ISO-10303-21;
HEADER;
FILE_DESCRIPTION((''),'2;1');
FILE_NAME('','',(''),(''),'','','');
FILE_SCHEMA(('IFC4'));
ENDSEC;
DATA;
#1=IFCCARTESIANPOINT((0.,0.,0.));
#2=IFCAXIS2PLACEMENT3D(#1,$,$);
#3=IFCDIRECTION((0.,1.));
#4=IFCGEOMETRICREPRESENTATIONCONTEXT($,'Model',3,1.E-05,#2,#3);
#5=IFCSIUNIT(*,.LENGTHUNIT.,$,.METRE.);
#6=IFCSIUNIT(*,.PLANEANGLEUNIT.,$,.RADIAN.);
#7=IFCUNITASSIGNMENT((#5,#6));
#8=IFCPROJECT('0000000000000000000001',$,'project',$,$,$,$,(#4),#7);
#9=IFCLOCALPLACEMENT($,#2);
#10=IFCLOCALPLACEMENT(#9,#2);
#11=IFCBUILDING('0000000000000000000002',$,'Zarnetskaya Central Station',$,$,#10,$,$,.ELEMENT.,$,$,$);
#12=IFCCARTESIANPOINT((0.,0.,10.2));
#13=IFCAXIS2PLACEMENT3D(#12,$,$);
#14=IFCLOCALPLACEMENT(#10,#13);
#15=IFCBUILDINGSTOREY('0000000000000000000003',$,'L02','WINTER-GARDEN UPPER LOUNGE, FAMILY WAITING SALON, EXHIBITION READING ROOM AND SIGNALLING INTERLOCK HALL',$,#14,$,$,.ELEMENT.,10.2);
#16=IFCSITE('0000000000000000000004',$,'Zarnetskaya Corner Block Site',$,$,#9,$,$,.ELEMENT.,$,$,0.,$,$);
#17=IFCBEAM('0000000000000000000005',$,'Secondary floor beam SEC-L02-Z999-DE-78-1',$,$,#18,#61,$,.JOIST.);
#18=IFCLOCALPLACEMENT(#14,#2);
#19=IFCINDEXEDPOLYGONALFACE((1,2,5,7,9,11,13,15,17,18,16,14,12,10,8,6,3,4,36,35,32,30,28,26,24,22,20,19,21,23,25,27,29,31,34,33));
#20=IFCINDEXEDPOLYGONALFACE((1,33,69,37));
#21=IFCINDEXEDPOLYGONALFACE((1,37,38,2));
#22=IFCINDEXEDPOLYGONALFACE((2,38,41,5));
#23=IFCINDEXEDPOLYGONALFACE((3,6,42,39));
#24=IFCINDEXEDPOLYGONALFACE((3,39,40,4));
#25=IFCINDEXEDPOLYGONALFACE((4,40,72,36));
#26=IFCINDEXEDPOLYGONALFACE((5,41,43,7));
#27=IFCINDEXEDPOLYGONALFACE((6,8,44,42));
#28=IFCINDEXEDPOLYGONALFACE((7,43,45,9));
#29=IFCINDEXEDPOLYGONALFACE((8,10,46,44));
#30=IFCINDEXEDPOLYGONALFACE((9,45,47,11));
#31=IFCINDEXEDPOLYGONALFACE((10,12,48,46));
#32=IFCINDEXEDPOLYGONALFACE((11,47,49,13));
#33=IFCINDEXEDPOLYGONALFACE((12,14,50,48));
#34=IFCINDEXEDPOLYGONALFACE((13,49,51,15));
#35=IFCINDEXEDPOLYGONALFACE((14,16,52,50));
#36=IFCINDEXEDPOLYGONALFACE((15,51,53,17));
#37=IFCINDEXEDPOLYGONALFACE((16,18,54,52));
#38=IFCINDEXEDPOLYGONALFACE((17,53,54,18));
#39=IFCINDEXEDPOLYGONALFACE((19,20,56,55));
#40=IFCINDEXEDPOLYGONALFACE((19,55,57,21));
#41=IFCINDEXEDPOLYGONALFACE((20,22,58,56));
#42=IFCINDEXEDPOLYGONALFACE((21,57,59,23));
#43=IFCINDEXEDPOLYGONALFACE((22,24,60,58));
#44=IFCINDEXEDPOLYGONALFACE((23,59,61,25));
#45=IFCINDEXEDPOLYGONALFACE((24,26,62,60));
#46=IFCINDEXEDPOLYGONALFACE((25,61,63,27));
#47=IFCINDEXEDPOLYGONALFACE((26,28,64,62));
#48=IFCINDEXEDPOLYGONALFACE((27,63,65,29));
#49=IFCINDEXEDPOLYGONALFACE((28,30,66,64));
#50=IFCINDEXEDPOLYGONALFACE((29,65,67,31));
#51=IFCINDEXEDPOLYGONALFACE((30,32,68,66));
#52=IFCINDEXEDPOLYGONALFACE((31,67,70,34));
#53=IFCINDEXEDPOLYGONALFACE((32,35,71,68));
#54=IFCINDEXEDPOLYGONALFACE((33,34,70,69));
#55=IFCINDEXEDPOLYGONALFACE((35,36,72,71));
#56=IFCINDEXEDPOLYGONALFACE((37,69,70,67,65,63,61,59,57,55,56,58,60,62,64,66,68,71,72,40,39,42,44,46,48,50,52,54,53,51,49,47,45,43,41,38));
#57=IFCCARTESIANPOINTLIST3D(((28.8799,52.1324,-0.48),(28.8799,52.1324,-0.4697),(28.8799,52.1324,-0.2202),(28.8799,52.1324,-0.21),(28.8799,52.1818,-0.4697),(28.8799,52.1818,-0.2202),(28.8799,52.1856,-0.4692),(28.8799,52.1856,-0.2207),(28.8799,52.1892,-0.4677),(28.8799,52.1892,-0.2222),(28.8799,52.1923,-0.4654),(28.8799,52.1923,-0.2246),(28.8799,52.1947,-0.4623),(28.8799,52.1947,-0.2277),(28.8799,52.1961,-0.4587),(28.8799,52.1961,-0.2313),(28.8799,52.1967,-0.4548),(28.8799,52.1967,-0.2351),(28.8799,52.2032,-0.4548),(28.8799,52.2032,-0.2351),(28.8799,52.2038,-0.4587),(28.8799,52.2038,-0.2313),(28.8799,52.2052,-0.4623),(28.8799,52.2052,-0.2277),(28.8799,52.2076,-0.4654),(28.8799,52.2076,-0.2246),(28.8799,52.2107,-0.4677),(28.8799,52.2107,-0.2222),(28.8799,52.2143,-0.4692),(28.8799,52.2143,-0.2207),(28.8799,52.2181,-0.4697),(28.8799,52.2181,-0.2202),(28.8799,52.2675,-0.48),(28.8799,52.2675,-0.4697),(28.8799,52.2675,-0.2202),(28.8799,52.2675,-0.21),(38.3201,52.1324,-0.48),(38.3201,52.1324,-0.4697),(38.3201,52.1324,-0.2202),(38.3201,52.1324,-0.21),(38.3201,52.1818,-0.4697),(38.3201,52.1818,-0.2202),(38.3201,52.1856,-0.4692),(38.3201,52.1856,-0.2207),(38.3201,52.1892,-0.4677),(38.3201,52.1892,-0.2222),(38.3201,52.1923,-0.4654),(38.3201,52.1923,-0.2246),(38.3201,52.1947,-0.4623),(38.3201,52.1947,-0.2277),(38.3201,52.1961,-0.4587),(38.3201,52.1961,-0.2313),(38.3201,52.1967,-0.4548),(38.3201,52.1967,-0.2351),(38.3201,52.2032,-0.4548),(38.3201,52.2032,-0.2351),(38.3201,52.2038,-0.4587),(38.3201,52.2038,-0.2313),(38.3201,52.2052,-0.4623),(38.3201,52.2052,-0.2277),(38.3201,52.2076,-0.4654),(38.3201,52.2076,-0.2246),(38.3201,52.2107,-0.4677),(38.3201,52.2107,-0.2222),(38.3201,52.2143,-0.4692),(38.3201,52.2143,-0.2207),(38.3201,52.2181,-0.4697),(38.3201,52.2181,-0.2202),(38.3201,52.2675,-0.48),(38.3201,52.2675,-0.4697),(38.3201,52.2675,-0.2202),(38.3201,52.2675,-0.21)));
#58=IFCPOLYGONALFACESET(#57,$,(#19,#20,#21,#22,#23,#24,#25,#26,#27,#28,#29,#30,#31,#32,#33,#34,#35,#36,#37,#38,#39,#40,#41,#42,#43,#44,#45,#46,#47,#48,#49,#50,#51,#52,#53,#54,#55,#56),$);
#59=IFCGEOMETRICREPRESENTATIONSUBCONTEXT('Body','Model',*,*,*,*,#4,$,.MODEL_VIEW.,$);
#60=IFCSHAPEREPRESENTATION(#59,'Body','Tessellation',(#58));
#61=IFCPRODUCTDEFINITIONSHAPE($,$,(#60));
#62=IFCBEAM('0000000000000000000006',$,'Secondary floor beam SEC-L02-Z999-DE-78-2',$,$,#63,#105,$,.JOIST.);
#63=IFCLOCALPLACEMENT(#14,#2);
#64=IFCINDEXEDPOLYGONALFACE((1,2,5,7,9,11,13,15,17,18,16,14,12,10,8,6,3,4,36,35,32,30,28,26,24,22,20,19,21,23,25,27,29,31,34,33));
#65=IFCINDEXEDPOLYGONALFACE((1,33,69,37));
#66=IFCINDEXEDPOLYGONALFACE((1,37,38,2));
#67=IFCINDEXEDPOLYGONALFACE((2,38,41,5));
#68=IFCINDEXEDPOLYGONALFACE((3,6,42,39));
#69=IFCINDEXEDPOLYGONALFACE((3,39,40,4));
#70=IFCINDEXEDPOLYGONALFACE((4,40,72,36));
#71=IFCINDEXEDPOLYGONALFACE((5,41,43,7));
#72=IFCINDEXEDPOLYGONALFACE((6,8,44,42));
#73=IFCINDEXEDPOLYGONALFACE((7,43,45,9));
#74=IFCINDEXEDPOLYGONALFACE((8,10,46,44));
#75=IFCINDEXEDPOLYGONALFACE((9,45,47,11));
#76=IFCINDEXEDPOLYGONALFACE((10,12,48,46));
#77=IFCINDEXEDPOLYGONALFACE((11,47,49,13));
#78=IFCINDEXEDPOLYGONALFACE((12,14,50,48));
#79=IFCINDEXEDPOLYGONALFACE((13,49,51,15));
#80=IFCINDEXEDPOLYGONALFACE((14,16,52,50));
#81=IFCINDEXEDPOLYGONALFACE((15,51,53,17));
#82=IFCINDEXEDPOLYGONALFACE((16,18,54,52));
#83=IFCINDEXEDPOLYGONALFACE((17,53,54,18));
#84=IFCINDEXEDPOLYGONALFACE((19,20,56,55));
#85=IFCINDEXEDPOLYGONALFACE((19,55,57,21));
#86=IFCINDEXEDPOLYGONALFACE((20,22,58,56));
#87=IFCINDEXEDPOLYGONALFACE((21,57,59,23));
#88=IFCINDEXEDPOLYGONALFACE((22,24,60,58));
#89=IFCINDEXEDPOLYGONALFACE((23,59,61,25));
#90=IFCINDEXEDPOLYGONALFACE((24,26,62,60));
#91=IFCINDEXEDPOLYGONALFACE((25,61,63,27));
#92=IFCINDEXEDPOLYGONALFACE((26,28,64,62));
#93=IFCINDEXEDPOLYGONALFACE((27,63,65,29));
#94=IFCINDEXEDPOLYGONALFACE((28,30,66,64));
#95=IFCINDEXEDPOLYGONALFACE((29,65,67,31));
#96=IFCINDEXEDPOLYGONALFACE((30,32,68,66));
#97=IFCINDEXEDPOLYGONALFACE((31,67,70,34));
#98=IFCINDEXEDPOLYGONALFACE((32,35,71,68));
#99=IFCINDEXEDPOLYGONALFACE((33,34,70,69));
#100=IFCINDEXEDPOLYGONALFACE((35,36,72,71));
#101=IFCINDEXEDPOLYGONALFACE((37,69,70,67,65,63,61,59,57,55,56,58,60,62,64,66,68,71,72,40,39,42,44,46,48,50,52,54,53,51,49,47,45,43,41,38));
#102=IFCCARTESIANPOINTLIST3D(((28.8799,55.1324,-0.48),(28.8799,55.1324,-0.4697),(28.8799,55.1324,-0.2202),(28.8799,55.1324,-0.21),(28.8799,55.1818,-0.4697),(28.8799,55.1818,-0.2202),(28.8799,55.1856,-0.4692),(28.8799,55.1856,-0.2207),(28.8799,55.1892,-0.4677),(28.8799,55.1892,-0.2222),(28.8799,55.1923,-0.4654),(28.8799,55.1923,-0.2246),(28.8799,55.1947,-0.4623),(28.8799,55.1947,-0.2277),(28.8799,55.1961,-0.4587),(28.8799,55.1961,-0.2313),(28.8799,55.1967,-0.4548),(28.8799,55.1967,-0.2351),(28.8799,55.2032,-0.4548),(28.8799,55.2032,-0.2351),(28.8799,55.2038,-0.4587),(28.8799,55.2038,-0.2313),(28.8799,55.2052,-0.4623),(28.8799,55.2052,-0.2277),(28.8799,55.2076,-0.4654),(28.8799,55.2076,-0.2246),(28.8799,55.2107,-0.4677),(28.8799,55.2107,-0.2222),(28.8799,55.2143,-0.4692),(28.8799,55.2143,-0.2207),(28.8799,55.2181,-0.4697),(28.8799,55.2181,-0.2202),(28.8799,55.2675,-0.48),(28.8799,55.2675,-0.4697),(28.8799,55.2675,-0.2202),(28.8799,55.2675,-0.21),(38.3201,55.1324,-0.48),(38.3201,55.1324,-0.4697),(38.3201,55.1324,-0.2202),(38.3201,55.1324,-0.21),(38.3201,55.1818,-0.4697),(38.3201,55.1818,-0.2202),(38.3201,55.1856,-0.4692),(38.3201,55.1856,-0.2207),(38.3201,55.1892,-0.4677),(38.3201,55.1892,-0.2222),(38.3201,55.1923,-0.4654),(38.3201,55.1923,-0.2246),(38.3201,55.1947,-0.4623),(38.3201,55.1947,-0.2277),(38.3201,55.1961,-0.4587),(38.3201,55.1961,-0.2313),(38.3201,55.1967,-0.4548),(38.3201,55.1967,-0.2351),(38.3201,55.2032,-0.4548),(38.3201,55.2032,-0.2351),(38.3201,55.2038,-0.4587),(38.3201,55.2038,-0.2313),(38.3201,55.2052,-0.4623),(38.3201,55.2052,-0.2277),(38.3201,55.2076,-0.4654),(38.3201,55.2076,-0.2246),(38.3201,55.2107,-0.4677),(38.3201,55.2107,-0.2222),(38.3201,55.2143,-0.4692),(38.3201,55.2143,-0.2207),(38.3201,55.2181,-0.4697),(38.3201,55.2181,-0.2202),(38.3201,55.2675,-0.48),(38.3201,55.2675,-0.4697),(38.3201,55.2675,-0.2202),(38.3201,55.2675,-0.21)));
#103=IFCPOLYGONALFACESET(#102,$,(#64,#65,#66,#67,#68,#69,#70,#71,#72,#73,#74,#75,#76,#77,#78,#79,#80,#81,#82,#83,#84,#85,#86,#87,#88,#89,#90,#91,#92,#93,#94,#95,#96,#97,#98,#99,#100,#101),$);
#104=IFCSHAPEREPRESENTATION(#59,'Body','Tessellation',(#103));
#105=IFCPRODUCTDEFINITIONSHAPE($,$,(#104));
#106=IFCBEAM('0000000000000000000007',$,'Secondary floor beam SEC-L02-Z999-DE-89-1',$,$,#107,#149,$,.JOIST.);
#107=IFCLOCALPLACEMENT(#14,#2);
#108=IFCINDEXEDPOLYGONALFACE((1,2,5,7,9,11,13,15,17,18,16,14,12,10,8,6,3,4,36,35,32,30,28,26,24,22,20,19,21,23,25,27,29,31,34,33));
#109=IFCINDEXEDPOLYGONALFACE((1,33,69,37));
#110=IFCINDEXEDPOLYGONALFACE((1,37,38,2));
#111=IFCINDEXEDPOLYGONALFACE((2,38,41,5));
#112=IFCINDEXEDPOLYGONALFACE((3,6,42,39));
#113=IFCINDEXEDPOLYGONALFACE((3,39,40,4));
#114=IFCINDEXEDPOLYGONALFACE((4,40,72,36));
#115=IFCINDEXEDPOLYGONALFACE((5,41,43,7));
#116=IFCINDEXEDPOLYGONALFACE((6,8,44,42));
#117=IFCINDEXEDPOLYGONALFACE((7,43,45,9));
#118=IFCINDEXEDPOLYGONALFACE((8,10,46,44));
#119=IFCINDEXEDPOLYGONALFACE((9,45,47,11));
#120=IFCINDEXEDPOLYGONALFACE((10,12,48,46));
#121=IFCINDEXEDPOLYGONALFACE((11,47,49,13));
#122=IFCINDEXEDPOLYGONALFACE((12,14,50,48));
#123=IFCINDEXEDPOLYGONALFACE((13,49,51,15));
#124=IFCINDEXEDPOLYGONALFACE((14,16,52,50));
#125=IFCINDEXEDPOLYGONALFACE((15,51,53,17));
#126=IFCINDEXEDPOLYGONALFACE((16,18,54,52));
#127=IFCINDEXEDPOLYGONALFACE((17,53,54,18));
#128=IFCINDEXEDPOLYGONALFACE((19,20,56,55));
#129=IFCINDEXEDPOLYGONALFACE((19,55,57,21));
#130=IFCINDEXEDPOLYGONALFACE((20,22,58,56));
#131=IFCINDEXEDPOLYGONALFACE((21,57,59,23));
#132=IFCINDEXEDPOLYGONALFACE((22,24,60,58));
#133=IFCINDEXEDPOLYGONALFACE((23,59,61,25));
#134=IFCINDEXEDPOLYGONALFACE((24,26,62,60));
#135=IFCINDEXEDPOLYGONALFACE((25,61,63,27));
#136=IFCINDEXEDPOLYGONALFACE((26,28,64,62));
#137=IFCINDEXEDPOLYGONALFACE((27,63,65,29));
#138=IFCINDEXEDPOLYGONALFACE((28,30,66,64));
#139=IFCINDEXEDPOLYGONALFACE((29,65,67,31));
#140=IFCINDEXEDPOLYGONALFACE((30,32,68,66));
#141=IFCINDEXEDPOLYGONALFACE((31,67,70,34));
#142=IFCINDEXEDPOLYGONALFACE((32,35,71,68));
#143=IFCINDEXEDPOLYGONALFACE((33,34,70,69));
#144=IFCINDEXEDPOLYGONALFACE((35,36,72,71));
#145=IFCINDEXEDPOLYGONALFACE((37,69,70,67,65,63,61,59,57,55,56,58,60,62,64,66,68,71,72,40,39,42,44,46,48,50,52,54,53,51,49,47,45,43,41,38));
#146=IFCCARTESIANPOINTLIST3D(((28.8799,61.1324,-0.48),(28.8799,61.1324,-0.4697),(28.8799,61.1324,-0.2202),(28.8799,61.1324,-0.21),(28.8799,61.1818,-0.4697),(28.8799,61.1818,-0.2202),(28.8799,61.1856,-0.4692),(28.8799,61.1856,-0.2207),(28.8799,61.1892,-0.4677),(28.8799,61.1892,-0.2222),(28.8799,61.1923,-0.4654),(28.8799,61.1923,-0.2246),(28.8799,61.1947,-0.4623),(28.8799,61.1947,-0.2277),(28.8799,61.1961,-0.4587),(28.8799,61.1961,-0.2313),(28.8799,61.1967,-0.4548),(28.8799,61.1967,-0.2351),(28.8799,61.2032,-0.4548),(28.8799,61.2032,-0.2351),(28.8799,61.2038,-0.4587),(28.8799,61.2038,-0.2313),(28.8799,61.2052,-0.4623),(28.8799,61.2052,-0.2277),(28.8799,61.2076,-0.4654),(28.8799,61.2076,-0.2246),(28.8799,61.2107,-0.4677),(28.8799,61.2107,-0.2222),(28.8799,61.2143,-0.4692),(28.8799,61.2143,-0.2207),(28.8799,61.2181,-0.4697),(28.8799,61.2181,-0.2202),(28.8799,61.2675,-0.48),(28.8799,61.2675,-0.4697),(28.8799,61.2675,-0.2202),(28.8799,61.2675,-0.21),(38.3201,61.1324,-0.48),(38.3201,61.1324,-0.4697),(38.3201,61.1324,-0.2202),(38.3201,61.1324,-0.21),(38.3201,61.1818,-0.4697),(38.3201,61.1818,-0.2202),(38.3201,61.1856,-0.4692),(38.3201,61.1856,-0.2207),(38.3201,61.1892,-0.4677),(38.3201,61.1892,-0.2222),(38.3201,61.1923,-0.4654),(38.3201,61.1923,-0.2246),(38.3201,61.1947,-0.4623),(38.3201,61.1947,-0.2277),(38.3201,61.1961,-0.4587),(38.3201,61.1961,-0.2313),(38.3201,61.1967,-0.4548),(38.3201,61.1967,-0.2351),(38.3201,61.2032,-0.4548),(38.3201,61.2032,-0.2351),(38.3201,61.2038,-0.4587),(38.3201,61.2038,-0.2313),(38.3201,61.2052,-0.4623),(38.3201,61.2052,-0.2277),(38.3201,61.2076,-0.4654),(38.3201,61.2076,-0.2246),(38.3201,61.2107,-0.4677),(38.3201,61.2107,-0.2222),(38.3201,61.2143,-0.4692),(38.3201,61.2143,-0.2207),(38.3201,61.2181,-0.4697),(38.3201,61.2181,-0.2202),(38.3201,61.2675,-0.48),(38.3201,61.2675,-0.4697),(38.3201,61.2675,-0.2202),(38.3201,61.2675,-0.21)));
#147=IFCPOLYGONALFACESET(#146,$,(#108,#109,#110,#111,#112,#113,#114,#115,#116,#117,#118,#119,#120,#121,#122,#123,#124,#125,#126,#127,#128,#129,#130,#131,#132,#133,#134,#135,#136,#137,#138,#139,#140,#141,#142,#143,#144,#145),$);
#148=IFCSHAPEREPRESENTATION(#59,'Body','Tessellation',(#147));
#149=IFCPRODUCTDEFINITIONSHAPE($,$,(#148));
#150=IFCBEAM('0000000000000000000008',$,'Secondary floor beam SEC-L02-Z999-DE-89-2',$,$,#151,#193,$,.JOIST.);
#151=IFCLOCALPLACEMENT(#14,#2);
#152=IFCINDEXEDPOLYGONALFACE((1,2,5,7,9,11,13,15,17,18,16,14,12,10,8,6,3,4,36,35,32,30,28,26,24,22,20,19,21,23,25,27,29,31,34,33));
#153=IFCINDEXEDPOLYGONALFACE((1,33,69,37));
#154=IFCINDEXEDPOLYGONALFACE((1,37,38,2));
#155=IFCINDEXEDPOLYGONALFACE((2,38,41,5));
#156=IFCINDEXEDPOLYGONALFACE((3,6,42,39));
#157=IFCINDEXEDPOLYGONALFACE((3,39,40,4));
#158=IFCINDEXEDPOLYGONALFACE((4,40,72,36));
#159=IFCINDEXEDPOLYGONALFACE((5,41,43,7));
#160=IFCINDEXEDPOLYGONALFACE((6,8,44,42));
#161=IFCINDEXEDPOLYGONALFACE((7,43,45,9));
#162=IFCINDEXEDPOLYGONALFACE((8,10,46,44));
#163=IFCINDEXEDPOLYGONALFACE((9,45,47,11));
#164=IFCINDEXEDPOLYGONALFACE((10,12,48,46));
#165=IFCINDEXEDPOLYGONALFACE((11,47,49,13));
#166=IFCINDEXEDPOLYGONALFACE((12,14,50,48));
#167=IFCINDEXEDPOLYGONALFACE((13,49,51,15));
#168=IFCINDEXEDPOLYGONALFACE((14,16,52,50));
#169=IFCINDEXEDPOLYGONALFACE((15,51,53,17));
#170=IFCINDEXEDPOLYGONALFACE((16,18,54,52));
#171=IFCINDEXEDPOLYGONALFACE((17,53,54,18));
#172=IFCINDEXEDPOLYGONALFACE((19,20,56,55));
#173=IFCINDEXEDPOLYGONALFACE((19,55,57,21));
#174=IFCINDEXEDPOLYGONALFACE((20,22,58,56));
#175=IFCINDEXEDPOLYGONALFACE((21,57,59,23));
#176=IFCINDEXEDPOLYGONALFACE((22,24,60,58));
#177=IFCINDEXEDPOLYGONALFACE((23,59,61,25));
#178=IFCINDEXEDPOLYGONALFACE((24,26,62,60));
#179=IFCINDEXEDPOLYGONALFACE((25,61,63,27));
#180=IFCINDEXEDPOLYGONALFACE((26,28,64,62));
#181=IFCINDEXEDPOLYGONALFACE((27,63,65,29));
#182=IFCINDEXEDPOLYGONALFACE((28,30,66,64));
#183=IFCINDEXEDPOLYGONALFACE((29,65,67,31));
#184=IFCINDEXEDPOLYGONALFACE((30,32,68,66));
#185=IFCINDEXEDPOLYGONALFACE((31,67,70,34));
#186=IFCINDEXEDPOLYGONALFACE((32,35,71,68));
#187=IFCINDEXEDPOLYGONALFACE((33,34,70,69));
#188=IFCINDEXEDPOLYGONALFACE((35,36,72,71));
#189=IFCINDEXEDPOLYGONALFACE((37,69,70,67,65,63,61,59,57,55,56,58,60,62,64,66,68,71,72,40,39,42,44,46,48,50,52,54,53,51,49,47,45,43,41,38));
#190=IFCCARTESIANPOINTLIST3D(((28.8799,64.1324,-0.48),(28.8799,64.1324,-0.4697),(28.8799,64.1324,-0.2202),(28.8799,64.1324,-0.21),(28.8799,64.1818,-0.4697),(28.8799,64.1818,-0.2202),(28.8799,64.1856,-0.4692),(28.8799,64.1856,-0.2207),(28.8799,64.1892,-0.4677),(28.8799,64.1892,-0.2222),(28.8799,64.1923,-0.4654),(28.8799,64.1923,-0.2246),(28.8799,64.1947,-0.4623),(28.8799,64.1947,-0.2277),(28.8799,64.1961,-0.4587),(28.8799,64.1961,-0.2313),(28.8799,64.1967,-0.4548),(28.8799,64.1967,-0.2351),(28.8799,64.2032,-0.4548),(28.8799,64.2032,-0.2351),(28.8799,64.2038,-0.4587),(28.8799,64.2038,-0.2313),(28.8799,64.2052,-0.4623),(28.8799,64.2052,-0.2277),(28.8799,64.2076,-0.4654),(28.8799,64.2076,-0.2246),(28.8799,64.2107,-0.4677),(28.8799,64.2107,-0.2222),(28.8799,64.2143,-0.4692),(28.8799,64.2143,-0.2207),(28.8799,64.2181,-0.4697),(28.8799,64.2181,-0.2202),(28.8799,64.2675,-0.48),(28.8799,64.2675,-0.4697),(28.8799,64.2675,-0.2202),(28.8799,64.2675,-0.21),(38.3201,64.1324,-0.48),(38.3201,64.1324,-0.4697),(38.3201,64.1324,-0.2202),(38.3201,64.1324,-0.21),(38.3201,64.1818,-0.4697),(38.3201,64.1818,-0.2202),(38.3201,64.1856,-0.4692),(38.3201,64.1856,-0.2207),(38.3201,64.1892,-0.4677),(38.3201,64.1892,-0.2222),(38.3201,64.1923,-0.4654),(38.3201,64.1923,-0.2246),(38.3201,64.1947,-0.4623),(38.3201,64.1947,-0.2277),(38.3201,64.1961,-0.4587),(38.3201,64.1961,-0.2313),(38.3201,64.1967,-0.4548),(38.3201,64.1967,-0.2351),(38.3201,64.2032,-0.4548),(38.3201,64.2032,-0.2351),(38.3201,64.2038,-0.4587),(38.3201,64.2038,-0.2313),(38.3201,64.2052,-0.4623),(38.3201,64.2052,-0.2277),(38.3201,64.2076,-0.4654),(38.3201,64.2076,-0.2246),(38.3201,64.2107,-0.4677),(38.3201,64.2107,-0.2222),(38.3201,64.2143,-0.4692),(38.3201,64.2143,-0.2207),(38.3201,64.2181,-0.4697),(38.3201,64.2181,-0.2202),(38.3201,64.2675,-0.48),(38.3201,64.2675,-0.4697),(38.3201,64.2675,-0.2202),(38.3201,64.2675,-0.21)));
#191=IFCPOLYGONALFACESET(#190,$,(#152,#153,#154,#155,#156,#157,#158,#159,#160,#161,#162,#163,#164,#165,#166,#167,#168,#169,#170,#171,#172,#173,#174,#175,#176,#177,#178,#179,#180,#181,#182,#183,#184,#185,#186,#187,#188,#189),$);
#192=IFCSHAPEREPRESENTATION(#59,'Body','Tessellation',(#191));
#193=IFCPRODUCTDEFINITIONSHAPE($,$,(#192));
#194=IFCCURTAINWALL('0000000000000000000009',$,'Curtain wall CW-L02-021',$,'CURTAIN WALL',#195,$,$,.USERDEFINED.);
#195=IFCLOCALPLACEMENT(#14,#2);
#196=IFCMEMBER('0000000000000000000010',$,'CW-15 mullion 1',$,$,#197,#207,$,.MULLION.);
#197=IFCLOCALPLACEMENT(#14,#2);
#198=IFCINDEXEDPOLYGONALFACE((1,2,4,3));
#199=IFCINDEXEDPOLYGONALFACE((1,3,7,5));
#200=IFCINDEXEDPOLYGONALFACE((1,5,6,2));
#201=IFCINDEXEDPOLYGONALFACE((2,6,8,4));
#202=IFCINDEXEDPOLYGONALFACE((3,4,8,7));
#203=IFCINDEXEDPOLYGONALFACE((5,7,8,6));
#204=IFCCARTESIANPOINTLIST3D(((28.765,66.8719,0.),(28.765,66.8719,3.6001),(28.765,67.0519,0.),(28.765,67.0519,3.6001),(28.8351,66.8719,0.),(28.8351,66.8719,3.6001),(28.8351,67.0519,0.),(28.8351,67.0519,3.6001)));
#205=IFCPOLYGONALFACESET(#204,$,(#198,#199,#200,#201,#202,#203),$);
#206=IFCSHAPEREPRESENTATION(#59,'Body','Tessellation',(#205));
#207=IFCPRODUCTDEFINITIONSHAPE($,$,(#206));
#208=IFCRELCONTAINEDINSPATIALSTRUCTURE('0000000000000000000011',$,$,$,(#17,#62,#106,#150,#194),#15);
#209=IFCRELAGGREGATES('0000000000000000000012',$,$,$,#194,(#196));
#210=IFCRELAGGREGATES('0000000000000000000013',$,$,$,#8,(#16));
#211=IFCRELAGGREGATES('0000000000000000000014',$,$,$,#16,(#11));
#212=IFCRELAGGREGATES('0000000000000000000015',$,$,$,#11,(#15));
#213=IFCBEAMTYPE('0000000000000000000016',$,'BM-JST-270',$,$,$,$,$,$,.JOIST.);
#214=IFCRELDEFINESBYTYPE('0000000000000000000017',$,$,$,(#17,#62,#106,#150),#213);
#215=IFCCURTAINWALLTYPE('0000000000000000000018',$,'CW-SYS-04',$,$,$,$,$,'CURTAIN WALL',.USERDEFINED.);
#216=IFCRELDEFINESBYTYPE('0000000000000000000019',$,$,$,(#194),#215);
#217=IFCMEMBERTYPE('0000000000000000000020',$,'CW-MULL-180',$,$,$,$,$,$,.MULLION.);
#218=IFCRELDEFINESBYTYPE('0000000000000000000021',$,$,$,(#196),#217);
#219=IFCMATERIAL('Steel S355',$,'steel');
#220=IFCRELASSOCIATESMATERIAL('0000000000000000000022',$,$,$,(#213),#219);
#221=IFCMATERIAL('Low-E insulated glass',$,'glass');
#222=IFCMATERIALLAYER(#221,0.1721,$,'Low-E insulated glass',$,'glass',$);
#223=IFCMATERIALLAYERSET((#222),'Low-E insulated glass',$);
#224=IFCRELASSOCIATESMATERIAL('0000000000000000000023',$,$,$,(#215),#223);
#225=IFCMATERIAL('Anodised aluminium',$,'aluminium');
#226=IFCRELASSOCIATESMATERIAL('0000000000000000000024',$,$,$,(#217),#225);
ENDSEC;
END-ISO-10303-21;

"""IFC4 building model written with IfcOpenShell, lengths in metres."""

from ifc_helpers import new_model, si_unit, direction, frame, origin, origin_2d, place, context, subcontext, project, spatial, rectangle, i_section, extrude, material, layer, layer_set, material_profile, profile_set, type_object, element, aggregate, save


model = new_model("IFC4")

# Units and contexts
model_context = context("Model", 3, precision=1e-05, world=origin(), true_north=direction((0.0, 1.0)))
body_context = subcontext(model_context, "Body", "Model", "MODEL_VIEW")
ifc_project = project(units=[si_unit("LENGTHUNIT", "METRE"), si_unit("PLANEANGLEUNIT", "RADIAN")], contexts=[model_context])

# Site, building, storey
site_placement = place(None, origin())
site = spatial("IfcSite", under=ifc_project, at=site_placement, Name="Zarnetskaya Corner Block Site", CompositionType="ELEMENT", RefElevation=0.0)
building_placement = place(site_placement, origin())
building = spatial("IfcBuilding", under=site, at=building_placement, Name="Zarnetskaya Central Station", CompositionType="ELEMENT")
storey_placement = place(building_placement, frame((0.0, 0.0, 10.2)))
storey = spatial("IfcBuildingStorey", under=building, at=storey_placement, Name="L02", Description="WINTER-GARDEN UPPER LOUNGE, FAMILY WAITING SALON, EXHIBITION READING ROOM AND SIGNALLING INTERLOCK HALL", CompositionType="ELEMENT", Elevation=10.2)

# Beams
ifc_material_1 = material(Name="Steel S355", Category="steel")
ifc_material_profile_1 = material_profile(ifc_material_1, i_section(OverallWidth=0.135, OverallDepth=0.27, WebThickness=0.0066, FlangeThickness=0.0103, FilletRadius=0.0149, at=origin_2d()), Name="IPE 270")
ifc_profile_set_1 = profile_set([ifc_material_profile_1], Name="Steel S355")
beam_type_1 = type_object("IfcBeamType", Name="BM-JST-270", PredefinedType="JOIST", material=ifc_profile_set_1)
for number, where, z_axis, x_axis, name in (
    (1, (28.8799, 52.2, -0.345), (1.0, 0.0, 0.0), (0.0, 1.0, 0.0), "Secondary floor beam SEC-L02-Z999-DE-78-1"),
    (2, (28.8799, 55.2, -0.345), (1.0, 0.0, 0.0), (0.0, 1.0, 0.0), "Secondary floor beam SEC-L02-Z999-DE-78-2"),
    (3, (28.8799, 61.2, -0.345), (1.0, 0.0, 0.0), (0.0, 1.0, 0.0), "Secondary floor beam SEC-L02-Z999-DE-89-1"),
    (4, (28.8799, 64.2, -0.345), (1.0, 0.0, 0.0), (0.0, 1.0, 0.0), "Secondary floor beam SEC-L02-Z999-DE-89-2"),
):
    element("IfcBeam", number, at=place(storey_placement, frame(where, z_axis=z_axis, x_axis=x_axis)), inside=storey, type_object=beam_type_1, Name=name, PredefinedType="JOIST", context=body_context, shape_type="SweptSolid", body=[
        extrude(i_section(OverallWidth=0.135, OverallDepth=0.27, WebThickness=0.0066, FlangeThickness=0.0103, FilletRadius=0.0149, at=origin_2d()), origin(), (0.0, 0.0, 1.0), 9.4402),
    ])

# Curtain wall, member
ifc_material_2 = material(Name="Low-E insulated glass", Category="glass")
ifc_layer = layer(ifc_material_2, 0.1721, Name="Low-E insulated glass", Category="glass")
ifc_layer_set = layer_set([ifc_layer], Name="Low-E insulated glass")
curtain_wall_type = type_object("IfcCurtainWallType", Name="CW-SYS-04", ElementType="CURTAIN WALL", PredefinedType="USERDEFINED", material=ifc_layer_set)
curtain_wall_placement = place(storey_placement, origin())
curtain_wall = element("IfcCurtainWall", 5, at=curtain_wall_placement, inside=storey, type_object=curtain_wall_type, Name="Curtain wall CW-L02-021", ObjectType="CURTAIN WALL", PredefinedType="USERDEFINED")
ifc_material_3 = material(Name="Anodised aluminium", Category="aluminium")
ifc_material_profile_2 = material_profile(ifc_material_3, rectangle(XDim=0.0701, YDim=0.1799, at=origin_2d()), Name="ALU MULL 70x180")
ifc_profile_set_2 = profile_set([ifc_material_profile_2], Name="Anodised aluminium")
member_type_1 = type_object("IfcMemberType", Name="CW-MULL-180", PredefinedType="MULLION", material=ifc_profile_set_2)
member_1_placement = place(storey_placement, frame((28.8, 66.9619, 0.0), z_axis=(0.0, 0.0, 1.0), x_axis=(1.0, 0.0, 0.0)))
member_1 = element("IfcMember", 6, at=member_1_placement, type_object=member_type_1, Name="CW-15 mullion 1", PredefinedType="MULLION", context=body_context, shape_type="SweptSolid", body=[
    extrude(rectangle(XDim=0.0701, YDim=0.1799, at=origin_2d()), origin(), (0.0, 0.0, 1.0), 3.6001),
])
aggregate(curtain_wall, [member_1])

save(model, "model.ifc")
